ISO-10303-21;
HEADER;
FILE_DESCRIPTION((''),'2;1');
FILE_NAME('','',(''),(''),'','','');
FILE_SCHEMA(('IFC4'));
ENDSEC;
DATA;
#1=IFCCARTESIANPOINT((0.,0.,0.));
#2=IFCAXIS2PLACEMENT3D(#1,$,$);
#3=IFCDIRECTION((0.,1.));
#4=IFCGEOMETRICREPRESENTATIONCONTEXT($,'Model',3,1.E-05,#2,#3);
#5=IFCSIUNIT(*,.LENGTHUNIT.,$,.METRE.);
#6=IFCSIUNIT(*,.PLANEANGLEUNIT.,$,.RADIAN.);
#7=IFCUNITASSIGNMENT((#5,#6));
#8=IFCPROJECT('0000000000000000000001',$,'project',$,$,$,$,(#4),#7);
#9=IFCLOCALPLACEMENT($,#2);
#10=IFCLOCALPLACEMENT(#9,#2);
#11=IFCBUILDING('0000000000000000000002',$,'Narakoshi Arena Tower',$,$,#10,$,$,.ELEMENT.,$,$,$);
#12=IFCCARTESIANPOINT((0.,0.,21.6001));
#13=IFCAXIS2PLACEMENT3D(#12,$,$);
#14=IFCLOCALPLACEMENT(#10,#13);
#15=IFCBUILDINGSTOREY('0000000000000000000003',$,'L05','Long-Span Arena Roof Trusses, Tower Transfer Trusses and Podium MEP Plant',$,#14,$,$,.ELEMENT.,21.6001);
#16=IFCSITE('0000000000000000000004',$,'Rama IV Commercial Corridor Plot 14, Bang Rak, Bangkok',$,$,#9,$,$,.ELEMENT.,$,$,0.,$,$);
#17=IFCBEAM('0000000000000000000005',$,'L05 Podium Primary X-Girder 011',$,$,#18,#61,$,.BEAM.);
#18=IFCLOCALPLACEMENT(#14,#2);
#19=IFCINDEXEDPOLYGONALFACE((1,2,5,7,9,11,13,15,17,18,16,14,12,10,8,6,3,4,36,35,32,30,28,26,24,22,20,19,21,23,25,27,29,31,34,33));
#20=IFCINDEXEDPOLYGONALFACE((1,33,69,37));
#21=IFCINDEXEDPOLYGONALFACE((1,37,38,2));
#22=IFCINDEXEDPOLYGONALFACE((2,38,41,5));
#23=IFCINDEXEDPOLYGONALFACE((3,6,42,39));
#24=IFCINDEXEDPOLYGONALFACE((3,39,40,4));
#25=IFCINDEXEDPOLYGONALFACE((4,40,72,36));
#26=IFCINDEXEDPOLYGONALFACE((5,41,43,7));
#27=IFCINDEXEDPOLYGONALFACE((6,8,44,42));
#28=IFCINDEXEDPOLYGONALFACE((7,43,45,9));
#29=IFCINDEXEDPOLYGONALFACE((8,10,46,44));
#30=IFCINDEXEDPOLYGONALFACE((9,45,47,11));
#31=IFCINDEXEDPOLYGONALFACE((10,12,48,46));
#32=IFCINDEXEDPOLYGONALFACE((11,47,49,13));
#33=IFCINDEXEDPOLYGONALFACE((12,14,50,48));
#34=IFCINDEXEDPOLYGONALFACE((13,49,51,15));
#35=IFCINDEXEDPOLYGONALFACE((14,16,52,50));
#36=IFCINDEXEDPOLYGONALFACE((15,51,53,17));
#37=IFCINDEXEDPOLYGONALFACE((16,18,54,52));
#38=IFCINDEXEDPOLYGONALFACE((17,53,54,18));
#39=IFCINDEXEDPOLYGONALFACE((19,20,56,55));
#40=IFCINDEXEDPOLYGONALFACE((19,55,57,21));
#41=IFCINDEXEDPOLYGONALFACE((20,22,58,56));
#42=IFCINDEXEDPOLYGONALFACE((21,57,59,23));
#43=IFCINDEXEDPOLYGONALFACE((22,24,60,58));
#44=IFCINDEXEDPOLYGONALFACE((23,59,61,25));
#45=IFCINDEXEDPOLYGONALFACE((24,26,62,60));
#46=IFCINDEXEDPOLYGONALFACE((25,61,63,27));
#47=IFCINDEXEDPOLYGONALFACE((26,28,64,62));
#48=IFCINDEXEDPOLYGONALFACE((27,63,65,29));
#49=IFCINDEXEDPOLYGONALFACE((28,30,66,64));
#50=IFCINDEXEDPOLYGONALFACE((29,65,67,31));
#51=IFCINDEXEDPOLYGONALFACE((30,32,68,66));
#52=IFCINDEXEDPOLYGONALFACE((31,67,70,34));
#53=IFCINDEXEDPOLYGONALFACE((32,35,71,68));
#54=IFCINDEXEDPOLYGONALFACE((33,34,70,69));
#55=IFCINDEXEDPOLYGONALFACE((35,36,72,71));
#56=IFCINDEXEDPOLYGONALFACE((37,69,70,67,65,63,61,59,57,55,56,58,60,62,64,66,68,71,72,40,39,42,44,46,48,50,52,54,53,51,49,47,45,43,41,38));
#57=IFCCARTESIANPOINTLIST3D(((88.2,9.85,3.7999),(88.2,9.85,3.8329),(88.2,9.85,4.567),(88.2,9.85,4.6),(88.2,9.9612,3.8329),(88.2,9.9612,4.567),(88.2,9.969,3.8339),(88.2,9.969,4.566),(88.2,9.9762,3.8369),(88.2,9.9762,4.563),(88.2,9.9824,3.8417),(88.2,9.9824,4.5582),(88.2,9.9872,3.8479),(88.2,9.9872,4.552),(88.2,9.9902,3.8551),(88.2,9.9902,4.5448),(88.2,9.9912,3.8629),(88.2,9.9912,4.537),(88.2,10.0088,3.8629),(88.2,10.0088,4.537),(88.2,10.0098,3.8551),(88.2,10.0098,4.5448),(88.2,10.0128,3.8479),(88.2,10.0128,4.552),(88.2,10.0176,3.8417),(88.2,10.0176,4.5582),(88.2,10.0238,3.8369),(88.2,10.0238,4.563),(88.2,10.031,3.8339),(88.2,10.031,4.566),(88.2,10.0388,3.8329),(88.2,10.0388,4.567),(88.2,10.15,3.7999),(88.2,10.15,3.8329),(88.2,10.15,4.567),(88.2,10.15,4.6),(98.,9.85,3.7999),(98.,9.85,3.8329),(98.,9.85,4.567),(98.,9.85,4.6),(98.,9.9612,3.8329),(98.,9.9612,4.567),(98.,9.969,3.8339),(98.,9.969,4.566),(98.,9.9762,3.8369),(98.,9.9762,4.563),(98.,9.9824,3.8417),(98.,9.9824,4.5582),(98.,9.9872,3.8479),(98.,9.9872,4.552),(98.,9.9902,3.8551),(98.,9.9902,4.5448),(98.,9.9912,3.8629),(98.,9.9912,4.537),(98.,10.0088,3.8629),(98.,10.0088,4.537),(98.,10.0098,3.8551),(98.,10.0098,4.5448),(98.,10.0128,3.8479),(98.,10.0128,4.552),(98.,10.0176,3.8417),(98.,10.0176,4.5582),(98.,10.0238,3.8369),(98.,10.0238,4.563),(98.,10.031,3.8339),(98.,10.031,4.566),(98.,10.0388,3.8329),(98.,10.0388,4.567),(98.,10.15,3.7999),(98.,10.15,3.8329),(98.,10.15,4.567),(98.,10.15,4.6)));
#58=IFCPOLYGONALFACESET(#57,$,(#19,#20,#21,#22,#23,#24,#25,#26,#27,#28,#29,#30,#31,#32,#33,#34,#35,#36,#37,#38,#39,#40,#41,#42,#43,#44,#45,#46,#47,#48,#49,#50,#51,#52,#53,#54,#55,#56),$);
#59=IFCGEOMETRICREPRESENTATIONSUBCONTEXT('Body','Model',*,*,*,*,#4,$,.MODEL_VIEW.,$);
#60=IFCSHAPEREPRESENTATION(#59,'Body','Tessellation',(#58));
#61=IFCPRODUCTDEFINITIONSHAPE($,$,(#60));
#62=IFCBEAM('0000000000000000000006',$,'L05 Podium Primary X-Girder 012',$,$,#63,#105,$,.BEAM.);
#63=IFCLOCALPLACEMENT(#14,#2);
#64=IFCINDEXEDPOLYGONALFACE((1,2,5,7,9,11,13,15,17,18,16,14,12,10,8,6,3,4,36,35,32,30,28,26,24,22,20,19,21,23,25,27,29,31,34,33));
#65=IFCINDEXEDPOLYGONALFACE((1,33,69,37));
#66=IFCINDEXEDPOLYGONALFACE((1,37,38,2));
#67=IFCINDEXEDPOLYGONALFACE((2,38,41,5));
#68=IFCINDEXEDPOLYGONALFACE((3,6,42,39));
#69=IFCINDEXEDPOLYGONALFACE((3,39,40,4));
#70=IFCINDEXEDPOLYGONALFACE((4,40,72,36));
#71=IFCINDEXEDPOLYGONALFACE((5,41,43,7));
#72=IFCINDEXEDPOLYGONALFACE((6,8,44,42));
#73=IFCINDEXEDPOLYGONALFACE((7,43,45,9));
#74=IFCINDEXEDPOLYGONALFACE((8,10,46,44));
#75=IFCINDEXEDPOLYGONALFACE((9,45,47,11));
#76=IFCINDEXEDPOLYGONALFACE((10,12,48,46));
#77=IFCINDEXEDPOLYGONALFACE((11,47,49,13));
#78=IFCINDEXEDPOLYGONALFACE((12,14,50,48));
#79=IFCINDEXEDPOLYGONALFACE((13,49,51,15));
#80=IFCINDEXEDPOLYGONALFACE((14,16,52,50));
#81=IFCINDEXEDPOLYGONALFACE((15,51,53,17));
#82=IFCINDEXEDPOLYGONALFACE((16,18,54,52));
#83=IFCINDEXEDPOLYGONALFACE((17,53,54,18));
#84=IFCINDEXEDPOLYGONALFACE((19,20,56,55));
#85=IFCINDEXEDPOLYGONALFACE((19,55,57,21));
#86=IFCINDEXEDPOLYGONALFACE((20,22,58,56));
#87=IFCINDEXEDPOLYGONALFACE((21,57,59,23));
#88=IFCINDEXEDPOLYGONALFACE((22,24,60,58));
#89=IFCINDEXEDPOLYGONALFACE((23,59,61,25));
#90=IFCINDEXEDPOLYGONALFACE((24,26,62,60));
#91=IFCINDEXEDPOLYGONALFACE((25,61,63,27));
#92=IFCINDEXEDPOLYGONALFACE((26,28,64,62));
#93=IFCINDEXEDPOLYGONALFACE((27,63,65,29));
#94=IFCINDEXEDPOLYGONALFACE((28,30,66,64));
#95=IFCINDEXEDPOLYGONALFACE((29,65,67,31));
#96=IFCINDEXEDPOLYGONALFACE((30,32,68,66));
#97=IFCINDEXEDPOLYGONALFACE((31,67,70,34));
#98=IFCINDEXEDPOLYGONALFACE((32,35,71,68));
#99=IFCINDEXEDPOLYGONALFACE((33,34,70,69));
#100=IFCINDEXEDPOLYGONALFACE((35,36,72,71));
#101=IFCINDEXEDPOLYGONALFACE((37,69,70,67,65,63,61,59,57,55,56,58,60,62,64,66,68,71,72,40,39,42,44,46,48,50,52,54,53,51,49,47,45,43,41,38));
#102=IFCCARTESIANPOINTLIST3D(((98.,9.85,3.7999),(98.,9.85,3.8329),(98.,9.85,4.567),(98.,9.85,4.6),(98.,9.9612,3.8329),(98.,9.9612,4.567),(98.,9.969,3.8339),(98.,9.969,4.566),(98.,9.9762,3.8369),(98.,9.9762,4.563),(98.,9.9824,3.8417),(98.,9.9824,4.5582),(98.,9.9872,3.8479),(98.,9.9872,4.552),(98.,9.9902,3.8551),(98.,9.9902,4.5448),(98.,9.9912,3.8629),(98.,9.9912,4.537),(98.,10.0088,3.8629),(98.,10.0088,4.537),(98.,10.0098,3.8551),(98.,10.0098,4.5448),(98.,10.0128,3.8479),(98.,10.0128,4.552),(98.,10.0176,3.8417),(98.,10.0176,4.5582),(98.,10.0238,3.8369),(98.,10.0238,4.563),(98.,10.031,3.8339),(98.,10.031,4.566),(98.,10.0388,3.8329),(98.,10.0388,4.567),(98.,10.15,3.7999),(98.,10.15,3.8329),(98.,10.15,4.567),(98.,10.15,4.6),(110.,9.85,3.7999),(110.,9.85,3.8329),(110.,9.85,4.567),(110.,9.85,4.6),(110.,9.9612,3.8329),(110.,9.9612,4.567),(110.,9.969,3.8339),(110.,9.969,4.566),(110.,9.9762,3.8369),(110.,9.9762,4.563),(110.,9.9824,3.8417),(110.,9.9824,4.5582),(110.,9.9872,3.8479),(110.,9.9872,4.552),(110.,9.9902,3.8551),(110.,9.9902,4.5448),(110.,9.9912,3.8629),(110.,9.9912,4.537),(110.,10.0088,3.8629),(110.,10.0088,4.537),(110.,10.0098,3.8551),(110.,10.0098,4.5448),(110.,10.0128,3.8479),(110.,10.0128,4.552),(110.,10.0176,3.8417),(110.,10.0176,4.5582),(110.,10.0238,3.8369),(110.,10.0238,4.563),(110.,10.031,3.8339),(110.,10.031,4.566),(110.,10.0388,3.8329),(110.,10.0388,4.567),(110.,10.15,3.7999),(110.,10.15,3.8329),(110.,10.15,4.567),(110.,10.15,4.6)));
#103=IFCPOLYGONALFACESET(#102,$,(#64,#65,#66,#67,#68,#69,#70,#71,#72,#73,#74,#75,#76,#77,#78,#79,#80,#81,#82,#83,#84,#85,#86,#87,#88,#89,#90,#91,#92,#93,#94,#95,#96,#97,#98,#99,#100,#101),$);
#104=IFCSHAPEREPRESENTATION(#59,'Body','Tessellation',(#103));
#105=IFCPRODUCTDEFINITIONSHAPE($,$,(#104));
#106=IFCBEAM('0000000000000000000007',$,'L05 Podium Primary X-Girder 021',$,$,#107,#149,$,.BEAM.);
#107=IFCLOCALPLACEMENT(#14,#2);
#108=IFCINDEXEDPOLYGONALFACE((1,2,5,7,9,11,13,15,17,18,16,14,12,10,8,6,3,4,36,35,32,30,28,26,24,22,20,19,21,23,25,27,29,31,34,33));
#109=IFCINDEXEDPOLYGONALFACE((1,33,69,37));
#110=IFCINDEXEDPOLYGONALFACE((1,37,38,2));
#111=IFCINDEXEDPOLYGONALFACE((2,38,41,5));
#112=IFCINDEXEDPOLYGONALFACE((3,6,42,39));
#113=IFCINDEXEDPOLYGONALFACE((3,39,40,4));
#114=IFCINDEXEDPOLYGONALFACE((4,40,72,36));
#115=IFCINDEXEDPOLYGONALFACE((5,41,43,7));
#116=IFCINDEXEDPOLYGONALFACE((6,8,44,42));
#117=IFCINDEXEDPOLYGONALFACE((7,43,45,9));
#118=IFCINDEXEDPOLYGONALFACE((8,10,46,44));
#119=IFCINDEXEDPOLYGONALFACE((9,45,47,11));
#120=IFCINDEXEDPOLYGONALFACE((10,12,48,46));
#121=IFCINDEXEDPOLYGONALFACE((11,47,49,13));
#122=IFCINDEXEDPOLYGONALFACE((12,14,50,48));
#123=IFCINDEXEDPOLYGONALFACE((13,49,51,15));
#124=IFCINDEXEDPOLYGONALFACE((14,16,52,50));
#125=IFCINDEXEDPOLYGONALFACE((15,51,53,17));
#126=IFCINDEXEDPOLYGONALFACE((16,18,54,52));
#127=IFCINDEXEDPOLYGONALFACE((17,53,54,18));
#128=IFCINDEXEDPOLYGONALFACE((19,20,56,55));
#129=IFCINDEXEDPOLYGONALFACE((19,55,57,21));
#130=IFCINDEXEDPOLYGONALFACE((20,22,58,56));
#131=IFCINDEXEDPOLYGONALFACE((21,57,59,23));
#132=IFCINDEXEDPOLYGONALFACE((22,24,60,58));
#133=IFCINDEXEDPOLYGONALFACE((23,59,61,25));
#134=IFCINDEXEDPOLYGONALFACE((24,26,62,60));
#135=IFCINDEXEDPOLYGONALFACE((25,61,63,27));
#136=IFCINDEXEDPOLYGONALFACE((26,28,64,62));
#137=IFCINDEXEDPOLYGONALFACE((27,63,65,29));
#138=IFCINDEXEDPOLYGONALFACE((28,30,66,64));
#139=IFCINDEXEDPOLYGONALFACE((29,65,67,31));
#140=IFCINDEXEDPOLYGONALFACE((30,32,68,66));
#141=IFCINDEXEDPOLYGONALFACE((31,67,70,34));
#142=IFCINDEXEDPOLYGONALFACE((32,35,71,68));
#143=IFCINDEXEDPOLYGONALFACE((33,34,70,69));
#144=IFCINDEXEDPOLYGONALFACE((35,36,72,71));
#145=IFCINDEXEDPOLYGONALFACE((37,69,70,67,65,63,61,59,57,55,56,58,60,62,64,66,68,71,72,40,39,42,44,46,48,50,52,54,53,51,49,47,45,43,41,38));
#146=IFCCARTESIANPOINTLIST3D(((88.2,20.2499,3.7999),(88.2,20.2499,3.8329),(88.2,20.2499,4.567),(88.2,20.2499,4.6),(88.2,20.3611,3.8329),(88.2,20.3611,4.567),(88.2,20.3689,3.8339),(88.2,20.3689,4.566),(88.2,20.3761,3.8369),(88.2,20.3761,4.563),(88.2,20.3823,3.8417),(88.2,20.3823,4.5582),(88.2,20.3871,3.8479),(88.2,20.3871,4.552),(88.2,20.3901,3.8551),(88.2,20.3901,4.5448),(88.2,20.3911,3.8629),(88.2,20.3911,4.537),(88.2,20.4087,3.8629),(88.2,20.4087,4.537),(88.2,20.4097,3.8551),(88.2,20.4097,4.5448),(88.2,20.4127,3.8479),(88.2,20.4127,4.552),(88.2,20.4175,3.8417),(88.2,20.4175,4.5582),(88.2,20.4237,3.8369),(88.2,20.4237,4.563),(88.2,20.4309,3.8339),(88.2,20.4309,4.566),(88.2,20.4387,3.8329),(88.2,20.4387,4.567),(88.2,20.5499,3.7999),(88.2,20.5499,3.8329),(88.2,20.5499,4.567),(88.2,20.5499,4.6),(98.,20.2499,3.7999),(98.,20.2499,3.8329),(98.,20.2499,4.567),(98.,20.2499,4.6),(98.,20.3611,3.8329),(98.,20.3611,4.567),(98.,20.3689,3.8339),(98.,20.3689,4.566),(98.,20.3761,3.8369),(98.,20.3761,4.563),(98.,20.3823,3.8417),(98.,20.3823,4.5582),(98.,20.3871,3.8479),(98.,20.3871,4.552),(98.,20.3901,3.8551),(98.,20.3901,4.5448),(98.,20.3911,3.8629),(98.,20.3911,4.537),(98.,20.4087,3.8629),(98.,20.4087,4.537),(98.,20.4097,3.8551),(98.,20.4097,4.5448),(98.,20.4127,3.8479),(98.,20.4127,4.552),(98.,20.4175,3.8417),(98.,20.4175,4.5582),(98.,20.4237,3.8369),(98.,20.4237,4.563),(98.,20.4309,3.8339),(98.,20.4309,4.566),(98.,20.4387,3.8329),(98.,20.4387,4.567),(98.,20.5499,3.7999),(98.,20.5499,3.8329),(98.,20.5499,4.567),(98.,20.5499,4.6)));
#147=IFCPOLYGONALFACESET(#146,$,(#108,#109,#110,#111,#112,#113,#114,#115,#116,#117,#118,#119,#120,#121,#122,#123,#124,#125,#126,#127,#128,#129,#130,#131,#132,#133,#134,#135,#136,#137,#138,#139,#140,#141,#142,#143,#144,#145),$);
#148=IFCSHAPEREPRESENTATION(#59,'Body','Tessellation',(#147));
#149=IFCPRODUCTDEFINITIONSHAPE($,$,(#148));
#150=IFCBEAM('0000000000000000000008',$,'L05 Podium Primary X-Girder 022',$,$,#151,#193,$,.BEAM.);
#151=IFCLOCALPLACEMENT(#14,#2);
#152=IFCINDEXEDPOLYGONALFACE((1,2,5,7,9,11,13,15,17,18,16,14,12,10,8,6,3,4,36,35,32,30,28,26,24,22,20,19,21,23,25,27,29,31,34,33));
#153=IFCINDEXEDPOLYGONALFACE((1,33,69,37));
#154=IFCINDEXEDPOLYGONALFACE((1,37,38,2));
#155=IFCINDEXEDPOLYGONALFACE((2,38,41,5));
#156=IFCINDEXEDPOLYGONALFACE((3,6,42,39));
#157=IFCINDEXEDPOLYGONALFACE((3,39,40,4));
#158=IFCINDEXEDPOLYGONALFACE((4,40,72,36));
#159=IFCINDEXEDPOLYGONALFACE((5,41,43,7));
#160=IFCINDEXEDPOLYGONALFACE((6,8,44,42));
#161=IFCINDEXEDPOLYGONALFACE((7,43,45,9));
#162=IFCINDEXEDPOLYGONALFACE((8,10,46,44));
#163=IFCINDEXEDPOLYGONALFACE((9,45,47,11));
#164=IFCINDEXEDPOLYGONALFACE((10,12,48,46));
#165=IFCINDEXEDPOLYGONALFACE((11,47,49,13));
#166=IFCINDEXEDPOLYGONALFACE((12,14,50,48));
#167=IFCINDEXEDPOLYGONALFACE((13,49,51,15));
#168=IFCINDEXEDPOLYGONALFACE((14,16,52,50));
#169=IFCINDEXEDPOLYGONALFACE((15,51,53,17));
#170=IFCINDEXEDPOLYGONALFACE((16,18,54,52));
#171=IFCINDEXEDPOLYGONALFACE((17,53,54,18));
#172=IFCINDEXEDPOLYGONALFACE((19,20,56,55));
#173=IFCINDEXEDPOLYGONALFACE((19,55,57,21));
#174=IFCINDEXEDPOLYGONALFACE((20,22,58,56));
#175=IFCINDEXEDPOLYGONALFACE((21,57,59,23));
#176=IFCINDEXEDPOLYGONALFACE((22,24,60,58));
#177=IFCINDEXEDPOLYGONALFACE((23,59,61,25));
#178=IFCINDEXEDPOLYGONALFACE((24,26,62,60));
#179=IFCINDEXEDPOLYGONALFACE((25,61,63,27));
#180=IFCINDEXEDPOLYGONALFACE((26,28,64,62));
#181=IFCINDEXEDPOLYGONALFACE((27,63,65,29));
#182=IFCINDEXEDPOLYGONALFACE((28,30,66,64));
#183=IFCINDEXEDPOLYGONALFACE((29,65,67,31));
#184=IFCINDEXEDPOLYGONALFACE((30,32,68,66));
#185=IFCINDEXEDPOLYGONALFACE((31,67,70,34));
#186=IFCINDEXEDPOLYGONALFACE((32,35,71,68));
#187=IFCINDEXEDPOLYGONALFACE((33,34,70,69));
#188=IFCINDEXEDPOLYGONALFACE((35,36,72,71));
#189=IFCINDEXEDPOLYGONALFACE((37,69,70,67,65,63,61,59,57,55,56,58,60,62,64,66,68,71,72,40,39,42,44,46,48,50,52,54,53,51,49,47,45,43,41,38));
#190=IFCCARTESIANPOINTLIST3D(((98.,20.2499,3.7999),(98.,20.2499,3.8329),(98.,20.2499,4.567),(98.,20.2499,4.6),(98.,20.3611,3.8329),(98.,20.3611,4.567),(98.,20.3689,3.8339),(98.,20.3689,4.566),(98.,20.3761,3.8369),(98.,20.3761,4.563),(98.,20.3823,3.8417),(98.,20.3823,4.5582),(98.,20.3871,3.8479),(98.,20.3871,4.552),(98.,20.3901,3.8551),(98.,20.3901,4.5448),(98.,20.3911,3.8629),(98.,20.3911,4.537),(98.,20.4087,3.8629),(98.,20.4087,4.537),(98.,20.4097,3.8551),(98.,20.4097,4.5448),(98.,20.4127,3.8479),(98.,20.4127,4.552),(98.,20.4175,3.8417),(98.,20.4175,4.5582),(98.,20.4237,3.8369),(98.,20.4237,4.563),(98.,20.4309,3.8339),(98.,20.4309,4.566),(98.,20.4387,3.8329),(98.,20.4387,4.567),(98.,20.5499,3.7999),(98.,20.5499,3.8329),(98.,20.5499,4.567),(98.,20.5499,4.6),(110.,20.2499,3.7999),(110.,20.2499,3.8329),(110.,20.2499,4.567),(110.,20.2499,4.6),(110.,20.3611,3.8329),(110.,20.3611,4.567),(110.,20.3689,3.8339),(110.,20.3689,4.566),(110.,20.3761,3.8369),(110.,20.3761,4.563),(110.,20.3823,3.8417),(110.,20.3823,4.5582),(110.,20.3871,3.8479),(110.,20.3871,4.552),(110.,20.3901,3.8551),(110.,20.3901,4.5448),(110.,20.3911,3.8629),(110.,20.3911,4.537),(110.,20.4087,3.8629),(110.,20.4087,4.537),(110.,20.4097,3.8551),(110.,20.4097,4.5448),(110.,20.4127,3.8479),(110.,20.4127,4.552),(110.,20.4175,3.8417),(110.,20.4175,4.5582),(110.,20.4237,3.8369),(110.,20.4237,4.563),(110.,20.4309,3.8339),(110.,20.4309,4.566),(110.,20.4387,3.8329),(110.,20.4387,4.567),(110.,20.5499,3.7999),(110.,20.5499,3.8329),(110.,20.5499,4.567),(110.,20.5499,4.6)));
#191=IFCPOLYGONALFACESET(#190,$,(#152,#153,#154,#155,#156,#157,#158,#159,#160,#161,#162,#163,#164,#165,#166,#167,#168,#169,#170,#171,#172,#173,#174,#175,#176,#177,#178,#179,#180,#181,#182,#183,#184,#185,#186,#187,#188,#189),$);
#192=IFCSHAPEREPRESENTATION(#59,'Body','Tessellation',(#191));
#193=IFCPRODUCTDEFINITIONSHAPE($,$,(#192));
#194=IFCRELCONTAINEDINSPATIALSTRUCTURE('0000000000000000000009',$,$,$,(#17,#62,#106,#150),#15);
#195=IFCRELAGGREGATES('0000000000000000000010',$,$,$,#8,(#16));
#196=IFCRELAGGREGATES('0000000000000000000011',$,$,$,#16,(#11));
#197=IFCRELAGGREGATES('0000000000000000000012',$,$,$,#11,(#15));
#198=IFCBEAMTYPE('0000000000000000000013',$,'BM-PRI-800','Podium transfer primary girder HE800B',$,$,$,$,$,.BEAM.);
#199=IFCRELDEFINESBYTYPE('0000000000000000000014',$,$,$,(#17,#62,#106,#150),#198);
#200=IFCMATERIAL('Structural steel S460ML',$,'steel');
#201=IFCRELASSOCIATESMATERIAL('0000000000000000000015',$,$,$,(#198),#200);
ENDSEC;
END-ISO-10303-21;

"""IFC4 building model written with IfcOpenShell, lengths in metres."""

from ifc_helpers import new_model, si_unit, direction, frame, origin, origin_2d, place, context, subcontext, project, spatial, i_section, extrude, material, material_profile, profile_set, type_object, element, save


model = new_model("IFC4")

# Units and contexts
model_context = context("Model", 3, precision=1e-05, world=origin(), true_north=direction((0.0, 1.0)))
body_context = subcontext(model_context, "Body", "Model", "MODEL_VIEW")
ifc_project = project(units=[si_unit("LENGTHUNIT", "METRE"), si_unit("PLANEANGLEUNIT", "RADIAN")], contexts=[model_context])

# Site, building, storey
site_placement = place(None, origin())
site = spatial("IfcSite", under=ifc_project, at=site_placement, Name="Rama IV Commercial Corridor Plot 14, Bang Rak, Bangkok", CompositionType="ELEMENT", RefElevation=0.0)
building_placement = place(site_placement, origin())
building = spatial("IfcBuilding", under=site, at=building_placement, Name="Narakoshi Arena Tower", CompositionType="ELEMENT")
storey_placement = place(building_placement, frame((0.0, 0.0, 21.6001)))
storey = spatial("IfcBuildingStorey", under=building, at=storey_placement, Name="L05", Description="Long-Span Arena Roof Trusses, Tower Transfer Trusses and Podium MEP Plant", CompositionType="ELEMENT", Elevation=21.6001)

# Beams
ifc_material_1 = material(Name="Structural steel S460ML", Category="steel")
ifc_material_profile_1 = material_profile(ifc_material_1, i_section(OverallWidth=0.3, OverallDepth=0.8, WebThickness=0.0176, FlangeThickness=0.033, FilletRadius=0.03, at=origin_2d()), Name="HE800B")
ifc_profile_set_1 = profile_set([ifc_material_profile_1], Name="Structural steel S460ML")
beam_type_1 = type_object("IfcBeamType", Name="BM-PRI-800", Description="Podium transfer primary girder HE800B", PredefinedType="BEAM", material=ifc_profile_set_1)
beam_1_placement = place(storey_placement, frame((88.2, 10.0, 4.2), z_axis=(1.0, 0.0, 0.0), x_axis=(0.0, 1.0, 0.0)))
element("IfcBeam", 1, at=beam_1_placement, inside=storey, type_object=beam_type_1, Name="L05 Podium Primary X-Girder 011", PredefinedType="BEAM", context=body_context, shape_type="SweptSolid", body=[
    extrude(i_section(OverallWidth=0.3, OverallDepth=0.8, WebThickness=0.0176, FlangeThickness=0.033, FilletRadius=0.03, at=origin_2d()), origin(), (0.0, 0.0, 1.0), 9.8),
])
beam_2_placement = place(storey_placement, frame((98.0, 10.0, 4.2), z_axis=(1.0, 0.0, 0.0), x_axis=(0.0, 1.0, 0.0)))
element("IfcBeam", 2, at=beam_2_placement, inside=storey, type_object=beam_type_1, Name="L05 Podium Primary X-Girder 012", PredefinedType="BEAM", context=body_context, shape_type="SweptSolid", body=[
    extrude(i_section(OverallWidth=0.3, OverallDepth=0.8, WebThickness=0.0176, FlangeThickness=0.033, FilletRadius=0.03, at=origin_2d()), origin(), (0.0, 0.0, 1.0), 12.0),
])
beam_3_placement = place(storey_placement, frame((88.2, 20.3999, 4.2), z_axis=(1.0, 0.0, 0.0), x_axis=(0.0, 1.0, 0.0)))
element("IfcBeam", 3, at=beam_3_placement, inside=storey, type_object=beam_type_1, Name="L05 Podium Primary X-Girder 021", PredefinedType="BEAM", context=body_context, shape_type="SweptSolid", body=[
    extrude(i_section(OverallWidth=0.3, OverallDepth=0.8, WebThickness=0.0176, FlangeThickness=0.033, FilletRadius=0.03, at=origin_2d()), origin(), (0.0, 0.0, 1.0), 9.8),
])
beam_4_placement = place(storey_placement, frame((98.0, 20.3999, 4.2), z_axis=(1.0, 0.0, 0.0), x_axis=(0.0, 1.0, 0.0)))
element("IfcBeam", 4, at=beam_4_placement, inside=storey, type_object=beam_type_1, Name="L05 Podium Primary X-Girder 022", PredefinedType="BEAM", context=body_context, shape_type="SweptSolid", body=[
    extrude(i_section(OverallWidth=0.3, OverallDepth=0.8, WebThickness=0.0176, FlangeThickness=0.033, FilletRadius=0.03, at=origin_2d()), origin(), (0.0, 0.0, 1.0), 12.0),
])

save(model, "model.ifc")
